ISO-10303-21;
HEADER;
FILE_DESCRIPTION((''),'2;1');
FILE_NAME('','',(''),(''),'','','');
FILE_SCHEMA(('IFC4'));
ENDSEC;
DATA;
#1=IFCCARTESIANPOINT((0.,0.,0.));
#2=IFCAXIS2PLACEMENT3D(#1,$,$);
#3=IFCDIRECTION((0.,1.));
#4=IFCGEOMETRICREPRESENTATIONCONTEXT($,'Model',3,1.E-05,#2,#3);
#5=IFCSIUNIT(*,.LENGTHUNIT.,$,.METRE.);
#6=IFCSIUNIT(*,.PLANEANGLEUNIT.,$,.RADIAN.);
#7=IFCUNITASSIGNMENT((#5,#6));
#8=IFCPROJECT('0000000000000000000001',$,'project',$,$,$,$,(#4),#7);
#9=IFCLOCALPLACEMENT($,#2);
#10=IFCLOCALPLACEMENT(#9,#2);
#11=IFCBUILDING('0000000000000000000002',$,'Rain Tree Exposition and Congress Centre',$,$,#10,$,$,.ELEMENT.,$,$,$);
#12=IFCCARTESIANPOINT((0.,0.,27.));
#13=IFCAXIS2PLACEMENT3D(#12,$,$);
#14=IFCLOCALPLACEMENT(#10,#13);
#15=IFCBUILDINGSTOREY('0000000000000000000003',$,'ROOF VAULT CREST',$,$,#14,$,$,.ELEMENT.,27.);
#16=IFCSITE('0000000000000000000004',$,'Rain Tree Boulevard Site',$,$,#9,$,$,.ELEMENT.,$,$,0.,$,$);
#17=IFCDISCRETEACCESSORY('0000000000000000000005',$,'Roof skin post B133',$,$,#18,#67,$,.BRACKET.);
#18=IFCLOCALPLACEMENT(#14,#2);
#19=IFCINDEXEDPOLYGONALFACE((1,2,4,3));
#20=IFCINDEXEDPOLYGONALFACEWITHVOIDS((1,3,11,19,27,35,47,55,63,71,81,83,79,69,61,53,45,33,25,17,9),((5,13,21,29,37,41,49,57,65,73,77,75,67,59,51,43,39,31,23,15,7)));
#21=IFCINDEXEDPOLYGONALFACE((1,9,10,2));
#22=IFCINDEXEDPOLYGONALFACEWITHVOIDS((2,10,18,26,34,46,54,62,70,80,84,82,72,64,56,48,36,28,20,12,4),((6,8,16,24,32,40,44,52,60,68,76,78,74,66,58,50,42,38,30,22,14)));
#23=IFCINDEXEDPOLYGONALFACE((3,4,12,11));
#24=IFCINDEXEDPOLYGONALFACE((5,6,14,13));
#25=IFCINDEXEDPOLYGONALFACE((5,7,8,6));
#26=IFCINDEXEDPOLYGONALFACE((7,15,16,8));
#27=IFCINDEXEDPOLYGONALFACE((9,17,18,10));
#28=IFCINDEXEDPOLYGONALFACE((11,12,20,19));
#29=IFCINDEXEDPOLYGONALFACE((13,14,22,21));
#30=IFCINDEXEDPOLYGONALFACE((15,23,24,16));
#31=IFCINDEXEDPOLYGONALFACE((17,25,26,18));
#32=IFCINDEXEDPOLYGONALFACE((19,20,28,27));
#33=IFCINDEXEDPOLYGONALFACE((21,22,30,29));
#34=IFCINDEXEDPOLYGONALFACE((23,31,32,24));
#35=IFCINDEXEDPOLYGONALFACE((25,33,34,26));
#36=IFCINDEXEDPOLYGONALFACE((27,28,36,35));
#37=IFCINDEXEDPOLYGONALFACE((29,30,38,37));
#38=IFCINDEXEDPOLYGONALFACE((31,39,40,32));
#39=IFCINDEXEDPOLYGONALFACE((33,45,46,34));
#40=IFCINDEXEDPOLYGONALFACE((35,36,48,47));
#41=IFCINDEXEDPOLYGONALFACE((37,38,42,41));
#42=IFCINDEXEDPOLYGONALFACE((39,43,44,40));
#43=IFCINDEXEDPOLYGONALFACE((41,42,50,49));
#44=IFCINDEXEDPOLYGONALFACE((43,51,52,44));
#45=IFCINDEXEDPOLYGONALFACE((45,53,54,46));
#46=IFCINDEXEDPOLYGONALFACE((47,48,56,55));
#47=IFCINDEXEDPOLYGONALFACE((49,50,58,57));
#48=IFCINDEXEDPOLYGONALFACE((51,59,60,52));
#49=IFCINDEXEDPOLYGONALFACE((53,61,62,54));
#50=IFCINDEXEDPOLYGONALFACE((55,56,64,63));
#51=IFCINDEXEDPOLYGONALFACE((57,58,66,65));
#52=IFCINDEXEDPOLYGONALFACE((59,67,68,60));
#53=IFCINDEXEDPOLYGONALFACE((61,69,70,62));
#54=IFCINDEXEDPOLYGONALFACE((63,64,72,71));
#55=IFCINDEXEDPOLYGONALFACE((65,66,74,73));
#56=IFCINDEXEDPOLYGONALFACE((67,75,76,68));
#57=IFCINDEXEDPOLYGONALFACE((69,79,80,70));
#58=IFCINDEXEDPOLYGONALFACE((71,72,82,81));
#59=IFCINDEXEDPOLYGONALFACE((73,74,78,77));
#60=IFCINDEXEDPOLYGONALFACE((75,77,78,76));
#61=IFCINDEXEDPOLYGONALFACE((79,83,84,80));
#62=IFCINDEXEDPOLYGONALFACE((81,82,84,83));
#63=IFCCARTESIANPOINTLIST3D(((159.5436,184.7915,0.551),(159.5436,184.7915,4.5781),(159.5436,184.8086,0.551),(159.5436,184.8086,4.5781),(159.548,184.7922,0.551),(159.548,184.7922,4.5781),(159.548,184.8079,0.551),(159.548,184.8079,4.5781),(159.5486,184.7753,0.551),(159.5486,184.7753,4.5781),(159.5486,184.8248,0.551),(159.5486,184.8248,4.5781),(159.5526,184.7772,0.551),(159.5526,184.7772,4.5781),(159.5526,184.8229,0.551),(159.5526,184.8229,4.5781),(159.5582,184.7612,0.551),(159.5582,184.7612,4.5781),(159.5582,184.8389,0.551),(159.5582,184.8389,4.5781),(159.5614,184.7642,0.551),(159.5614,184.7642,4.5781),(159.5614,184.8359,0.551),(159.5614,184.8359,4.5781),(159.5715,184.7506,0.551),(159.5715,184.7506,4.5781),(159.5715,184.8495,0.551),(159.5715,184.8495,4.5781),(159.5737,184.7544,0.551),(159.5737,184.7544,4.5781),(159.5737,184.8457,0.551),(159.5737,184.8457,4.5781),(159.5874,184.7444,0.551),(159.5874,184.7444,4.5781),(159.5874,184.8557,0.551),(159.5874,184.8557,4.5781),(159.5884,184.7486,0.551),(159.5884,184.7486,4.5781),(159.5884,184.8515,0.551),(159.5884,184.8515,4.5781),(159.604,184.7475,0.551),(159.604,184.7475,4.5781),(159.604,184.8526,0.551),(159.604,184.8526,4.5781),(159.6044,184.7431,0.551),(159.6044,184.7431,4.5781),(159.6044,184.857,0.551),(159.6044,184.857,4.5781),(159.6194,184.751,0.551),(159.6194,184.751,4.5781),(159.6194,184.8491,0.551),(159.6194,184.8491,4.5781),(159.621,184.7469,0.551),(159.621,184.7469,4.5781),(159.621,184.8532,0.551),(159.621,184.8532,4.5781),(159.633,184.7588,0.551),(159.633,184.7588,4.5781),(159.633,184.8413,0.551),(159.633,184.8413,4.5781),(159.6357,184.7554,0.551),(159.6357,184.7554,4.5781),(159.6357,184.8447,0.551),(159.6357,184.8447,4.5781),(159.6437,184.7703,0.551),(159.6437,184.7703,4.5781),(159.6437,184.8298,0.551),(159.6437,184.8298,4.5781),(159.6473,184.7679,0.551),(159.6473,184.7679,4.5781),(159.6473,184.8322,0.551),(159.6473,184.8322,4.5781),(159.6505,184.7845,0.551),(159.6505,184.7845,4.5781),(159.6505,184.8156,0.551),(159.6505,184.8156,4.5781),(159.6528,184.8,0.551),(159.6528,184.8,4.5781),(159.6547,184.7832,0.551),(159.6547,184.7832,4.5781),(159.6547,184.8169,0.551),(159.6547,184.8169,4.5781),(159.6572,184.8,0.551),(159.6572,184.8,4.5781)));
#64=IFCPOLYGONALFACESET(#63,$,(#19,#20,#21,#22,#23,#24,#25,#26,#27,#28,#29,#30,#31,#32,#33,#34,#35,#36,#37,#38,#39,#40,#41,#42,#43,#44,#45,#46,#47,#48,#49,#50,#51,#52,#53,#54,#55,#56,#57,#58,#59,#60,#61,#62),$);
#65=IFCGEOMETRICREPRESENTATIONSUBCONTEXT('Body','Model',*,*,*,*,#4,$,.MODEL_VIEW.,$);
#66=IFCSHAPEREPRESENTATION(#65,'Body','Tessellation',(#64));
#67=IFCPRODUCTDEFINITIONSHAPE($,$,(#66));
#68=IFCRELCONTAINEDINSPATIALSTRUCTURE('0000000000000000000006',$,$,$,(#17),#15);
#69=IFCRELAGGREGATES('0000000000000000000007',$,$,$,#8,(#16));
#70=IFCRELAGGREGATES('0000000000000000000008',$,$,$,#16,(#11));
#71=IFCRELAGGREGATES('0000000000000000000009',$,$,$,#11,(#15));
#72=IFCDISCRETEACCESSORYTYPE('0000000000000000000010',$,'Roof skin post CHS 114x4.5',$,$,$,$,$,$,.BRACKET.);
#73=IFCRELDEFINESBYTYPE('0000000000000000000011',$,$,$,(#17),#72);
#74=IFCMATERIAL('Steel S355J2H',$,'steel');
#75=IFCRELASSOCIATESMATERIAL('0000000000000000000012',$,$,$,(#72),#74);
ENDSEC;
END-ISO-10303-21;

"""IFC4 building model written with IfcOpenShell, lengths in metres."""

from ifc_helpers import new_model, si_unit, direction, frame, origin, origin_2d, place, context, subcontext, project, spatial, hollow_circle, extrude, material, material_profile, profile_set, type_object, element, save


model = new_model("IFC4")

# Units and contexts
model_context = context("Model", 3, precision=1e-05, world=origin(), true_north=direction((0.0, 1.0)))
body_context = subcontext(model_context, "Body", "Model", "MODEL_VIEW")
ifc_project = project(units=[si_unit("LENGTHUNIT", "METRE"), si_unit("PLANEANGLEUNIT", "RADIAN")], contexts=[model_context])

# Site, building, storey
site_placement = place(None, origin())
site = spatial("IfcSite", under=ifc_project, at=site_placement, Name="Rain Tree Boulevard Site", CompositionType="ELEMENT", RefElevation=0.0)
building_placement = place(site_placement, origin())
building = spatial("IfcBuilding", under=site, at=building_placement, Name="Rain Tree Exposition and Congress Centre", CompositionType="ELEMENT")
storey_placement = place(building_placement, frame((0.0, 0.0, 27.0)))
storey = spatial("IfcBuildingStorey", under=building, at=storey_placement, Name="ROOF VAULT CREST", CompositionType="ELEMENT", Elevation=27.0)

# Discrete accessory
ifc_material_1 = material(Name="Steel S355J2H", Category="steel")
ifc_material_profile_1 = material_profile(ifc_material_1, hollow_circle(Radius=0.0571, WallThickness=0.0044, at=origin_2d()), Name="CHS 114x4.5")
ifc_profile_set_1 = profile_set([ifc_material_profile_1], Name="Steel S355J2H")
discrete_accessory_type_1 = type_object("IfcDiscreteAccessoryType", Name="Roof skin post CHS 114x4.5", PredefinedType="BRACKET", material=ifc_profile_set_1)
discrete_accessory_1_placement = place(storey_placement, frame((159.6001, 184.8, 0.551), z_axis=(0.0, 0.0, 1.0), x_axis=(1.0, 0.0, 0.0)))
element("IfcDiscreteAccessory", 1, at=discrete_accessory_1_placement, inside=storey, type_object=discrete_accessory_type_1, Name="Roof skin post B133", PredefinedType="BRACKET", context=body_context, shape_type="SweptSolid", body=[
    extrude(hollow_circle(Radius=0.0571, WallThickness=0.0044, at=origin_2d()), origin(), (0.0, 0.0, 1.0), 4.0271),
])

save(model, "model.ifc")
